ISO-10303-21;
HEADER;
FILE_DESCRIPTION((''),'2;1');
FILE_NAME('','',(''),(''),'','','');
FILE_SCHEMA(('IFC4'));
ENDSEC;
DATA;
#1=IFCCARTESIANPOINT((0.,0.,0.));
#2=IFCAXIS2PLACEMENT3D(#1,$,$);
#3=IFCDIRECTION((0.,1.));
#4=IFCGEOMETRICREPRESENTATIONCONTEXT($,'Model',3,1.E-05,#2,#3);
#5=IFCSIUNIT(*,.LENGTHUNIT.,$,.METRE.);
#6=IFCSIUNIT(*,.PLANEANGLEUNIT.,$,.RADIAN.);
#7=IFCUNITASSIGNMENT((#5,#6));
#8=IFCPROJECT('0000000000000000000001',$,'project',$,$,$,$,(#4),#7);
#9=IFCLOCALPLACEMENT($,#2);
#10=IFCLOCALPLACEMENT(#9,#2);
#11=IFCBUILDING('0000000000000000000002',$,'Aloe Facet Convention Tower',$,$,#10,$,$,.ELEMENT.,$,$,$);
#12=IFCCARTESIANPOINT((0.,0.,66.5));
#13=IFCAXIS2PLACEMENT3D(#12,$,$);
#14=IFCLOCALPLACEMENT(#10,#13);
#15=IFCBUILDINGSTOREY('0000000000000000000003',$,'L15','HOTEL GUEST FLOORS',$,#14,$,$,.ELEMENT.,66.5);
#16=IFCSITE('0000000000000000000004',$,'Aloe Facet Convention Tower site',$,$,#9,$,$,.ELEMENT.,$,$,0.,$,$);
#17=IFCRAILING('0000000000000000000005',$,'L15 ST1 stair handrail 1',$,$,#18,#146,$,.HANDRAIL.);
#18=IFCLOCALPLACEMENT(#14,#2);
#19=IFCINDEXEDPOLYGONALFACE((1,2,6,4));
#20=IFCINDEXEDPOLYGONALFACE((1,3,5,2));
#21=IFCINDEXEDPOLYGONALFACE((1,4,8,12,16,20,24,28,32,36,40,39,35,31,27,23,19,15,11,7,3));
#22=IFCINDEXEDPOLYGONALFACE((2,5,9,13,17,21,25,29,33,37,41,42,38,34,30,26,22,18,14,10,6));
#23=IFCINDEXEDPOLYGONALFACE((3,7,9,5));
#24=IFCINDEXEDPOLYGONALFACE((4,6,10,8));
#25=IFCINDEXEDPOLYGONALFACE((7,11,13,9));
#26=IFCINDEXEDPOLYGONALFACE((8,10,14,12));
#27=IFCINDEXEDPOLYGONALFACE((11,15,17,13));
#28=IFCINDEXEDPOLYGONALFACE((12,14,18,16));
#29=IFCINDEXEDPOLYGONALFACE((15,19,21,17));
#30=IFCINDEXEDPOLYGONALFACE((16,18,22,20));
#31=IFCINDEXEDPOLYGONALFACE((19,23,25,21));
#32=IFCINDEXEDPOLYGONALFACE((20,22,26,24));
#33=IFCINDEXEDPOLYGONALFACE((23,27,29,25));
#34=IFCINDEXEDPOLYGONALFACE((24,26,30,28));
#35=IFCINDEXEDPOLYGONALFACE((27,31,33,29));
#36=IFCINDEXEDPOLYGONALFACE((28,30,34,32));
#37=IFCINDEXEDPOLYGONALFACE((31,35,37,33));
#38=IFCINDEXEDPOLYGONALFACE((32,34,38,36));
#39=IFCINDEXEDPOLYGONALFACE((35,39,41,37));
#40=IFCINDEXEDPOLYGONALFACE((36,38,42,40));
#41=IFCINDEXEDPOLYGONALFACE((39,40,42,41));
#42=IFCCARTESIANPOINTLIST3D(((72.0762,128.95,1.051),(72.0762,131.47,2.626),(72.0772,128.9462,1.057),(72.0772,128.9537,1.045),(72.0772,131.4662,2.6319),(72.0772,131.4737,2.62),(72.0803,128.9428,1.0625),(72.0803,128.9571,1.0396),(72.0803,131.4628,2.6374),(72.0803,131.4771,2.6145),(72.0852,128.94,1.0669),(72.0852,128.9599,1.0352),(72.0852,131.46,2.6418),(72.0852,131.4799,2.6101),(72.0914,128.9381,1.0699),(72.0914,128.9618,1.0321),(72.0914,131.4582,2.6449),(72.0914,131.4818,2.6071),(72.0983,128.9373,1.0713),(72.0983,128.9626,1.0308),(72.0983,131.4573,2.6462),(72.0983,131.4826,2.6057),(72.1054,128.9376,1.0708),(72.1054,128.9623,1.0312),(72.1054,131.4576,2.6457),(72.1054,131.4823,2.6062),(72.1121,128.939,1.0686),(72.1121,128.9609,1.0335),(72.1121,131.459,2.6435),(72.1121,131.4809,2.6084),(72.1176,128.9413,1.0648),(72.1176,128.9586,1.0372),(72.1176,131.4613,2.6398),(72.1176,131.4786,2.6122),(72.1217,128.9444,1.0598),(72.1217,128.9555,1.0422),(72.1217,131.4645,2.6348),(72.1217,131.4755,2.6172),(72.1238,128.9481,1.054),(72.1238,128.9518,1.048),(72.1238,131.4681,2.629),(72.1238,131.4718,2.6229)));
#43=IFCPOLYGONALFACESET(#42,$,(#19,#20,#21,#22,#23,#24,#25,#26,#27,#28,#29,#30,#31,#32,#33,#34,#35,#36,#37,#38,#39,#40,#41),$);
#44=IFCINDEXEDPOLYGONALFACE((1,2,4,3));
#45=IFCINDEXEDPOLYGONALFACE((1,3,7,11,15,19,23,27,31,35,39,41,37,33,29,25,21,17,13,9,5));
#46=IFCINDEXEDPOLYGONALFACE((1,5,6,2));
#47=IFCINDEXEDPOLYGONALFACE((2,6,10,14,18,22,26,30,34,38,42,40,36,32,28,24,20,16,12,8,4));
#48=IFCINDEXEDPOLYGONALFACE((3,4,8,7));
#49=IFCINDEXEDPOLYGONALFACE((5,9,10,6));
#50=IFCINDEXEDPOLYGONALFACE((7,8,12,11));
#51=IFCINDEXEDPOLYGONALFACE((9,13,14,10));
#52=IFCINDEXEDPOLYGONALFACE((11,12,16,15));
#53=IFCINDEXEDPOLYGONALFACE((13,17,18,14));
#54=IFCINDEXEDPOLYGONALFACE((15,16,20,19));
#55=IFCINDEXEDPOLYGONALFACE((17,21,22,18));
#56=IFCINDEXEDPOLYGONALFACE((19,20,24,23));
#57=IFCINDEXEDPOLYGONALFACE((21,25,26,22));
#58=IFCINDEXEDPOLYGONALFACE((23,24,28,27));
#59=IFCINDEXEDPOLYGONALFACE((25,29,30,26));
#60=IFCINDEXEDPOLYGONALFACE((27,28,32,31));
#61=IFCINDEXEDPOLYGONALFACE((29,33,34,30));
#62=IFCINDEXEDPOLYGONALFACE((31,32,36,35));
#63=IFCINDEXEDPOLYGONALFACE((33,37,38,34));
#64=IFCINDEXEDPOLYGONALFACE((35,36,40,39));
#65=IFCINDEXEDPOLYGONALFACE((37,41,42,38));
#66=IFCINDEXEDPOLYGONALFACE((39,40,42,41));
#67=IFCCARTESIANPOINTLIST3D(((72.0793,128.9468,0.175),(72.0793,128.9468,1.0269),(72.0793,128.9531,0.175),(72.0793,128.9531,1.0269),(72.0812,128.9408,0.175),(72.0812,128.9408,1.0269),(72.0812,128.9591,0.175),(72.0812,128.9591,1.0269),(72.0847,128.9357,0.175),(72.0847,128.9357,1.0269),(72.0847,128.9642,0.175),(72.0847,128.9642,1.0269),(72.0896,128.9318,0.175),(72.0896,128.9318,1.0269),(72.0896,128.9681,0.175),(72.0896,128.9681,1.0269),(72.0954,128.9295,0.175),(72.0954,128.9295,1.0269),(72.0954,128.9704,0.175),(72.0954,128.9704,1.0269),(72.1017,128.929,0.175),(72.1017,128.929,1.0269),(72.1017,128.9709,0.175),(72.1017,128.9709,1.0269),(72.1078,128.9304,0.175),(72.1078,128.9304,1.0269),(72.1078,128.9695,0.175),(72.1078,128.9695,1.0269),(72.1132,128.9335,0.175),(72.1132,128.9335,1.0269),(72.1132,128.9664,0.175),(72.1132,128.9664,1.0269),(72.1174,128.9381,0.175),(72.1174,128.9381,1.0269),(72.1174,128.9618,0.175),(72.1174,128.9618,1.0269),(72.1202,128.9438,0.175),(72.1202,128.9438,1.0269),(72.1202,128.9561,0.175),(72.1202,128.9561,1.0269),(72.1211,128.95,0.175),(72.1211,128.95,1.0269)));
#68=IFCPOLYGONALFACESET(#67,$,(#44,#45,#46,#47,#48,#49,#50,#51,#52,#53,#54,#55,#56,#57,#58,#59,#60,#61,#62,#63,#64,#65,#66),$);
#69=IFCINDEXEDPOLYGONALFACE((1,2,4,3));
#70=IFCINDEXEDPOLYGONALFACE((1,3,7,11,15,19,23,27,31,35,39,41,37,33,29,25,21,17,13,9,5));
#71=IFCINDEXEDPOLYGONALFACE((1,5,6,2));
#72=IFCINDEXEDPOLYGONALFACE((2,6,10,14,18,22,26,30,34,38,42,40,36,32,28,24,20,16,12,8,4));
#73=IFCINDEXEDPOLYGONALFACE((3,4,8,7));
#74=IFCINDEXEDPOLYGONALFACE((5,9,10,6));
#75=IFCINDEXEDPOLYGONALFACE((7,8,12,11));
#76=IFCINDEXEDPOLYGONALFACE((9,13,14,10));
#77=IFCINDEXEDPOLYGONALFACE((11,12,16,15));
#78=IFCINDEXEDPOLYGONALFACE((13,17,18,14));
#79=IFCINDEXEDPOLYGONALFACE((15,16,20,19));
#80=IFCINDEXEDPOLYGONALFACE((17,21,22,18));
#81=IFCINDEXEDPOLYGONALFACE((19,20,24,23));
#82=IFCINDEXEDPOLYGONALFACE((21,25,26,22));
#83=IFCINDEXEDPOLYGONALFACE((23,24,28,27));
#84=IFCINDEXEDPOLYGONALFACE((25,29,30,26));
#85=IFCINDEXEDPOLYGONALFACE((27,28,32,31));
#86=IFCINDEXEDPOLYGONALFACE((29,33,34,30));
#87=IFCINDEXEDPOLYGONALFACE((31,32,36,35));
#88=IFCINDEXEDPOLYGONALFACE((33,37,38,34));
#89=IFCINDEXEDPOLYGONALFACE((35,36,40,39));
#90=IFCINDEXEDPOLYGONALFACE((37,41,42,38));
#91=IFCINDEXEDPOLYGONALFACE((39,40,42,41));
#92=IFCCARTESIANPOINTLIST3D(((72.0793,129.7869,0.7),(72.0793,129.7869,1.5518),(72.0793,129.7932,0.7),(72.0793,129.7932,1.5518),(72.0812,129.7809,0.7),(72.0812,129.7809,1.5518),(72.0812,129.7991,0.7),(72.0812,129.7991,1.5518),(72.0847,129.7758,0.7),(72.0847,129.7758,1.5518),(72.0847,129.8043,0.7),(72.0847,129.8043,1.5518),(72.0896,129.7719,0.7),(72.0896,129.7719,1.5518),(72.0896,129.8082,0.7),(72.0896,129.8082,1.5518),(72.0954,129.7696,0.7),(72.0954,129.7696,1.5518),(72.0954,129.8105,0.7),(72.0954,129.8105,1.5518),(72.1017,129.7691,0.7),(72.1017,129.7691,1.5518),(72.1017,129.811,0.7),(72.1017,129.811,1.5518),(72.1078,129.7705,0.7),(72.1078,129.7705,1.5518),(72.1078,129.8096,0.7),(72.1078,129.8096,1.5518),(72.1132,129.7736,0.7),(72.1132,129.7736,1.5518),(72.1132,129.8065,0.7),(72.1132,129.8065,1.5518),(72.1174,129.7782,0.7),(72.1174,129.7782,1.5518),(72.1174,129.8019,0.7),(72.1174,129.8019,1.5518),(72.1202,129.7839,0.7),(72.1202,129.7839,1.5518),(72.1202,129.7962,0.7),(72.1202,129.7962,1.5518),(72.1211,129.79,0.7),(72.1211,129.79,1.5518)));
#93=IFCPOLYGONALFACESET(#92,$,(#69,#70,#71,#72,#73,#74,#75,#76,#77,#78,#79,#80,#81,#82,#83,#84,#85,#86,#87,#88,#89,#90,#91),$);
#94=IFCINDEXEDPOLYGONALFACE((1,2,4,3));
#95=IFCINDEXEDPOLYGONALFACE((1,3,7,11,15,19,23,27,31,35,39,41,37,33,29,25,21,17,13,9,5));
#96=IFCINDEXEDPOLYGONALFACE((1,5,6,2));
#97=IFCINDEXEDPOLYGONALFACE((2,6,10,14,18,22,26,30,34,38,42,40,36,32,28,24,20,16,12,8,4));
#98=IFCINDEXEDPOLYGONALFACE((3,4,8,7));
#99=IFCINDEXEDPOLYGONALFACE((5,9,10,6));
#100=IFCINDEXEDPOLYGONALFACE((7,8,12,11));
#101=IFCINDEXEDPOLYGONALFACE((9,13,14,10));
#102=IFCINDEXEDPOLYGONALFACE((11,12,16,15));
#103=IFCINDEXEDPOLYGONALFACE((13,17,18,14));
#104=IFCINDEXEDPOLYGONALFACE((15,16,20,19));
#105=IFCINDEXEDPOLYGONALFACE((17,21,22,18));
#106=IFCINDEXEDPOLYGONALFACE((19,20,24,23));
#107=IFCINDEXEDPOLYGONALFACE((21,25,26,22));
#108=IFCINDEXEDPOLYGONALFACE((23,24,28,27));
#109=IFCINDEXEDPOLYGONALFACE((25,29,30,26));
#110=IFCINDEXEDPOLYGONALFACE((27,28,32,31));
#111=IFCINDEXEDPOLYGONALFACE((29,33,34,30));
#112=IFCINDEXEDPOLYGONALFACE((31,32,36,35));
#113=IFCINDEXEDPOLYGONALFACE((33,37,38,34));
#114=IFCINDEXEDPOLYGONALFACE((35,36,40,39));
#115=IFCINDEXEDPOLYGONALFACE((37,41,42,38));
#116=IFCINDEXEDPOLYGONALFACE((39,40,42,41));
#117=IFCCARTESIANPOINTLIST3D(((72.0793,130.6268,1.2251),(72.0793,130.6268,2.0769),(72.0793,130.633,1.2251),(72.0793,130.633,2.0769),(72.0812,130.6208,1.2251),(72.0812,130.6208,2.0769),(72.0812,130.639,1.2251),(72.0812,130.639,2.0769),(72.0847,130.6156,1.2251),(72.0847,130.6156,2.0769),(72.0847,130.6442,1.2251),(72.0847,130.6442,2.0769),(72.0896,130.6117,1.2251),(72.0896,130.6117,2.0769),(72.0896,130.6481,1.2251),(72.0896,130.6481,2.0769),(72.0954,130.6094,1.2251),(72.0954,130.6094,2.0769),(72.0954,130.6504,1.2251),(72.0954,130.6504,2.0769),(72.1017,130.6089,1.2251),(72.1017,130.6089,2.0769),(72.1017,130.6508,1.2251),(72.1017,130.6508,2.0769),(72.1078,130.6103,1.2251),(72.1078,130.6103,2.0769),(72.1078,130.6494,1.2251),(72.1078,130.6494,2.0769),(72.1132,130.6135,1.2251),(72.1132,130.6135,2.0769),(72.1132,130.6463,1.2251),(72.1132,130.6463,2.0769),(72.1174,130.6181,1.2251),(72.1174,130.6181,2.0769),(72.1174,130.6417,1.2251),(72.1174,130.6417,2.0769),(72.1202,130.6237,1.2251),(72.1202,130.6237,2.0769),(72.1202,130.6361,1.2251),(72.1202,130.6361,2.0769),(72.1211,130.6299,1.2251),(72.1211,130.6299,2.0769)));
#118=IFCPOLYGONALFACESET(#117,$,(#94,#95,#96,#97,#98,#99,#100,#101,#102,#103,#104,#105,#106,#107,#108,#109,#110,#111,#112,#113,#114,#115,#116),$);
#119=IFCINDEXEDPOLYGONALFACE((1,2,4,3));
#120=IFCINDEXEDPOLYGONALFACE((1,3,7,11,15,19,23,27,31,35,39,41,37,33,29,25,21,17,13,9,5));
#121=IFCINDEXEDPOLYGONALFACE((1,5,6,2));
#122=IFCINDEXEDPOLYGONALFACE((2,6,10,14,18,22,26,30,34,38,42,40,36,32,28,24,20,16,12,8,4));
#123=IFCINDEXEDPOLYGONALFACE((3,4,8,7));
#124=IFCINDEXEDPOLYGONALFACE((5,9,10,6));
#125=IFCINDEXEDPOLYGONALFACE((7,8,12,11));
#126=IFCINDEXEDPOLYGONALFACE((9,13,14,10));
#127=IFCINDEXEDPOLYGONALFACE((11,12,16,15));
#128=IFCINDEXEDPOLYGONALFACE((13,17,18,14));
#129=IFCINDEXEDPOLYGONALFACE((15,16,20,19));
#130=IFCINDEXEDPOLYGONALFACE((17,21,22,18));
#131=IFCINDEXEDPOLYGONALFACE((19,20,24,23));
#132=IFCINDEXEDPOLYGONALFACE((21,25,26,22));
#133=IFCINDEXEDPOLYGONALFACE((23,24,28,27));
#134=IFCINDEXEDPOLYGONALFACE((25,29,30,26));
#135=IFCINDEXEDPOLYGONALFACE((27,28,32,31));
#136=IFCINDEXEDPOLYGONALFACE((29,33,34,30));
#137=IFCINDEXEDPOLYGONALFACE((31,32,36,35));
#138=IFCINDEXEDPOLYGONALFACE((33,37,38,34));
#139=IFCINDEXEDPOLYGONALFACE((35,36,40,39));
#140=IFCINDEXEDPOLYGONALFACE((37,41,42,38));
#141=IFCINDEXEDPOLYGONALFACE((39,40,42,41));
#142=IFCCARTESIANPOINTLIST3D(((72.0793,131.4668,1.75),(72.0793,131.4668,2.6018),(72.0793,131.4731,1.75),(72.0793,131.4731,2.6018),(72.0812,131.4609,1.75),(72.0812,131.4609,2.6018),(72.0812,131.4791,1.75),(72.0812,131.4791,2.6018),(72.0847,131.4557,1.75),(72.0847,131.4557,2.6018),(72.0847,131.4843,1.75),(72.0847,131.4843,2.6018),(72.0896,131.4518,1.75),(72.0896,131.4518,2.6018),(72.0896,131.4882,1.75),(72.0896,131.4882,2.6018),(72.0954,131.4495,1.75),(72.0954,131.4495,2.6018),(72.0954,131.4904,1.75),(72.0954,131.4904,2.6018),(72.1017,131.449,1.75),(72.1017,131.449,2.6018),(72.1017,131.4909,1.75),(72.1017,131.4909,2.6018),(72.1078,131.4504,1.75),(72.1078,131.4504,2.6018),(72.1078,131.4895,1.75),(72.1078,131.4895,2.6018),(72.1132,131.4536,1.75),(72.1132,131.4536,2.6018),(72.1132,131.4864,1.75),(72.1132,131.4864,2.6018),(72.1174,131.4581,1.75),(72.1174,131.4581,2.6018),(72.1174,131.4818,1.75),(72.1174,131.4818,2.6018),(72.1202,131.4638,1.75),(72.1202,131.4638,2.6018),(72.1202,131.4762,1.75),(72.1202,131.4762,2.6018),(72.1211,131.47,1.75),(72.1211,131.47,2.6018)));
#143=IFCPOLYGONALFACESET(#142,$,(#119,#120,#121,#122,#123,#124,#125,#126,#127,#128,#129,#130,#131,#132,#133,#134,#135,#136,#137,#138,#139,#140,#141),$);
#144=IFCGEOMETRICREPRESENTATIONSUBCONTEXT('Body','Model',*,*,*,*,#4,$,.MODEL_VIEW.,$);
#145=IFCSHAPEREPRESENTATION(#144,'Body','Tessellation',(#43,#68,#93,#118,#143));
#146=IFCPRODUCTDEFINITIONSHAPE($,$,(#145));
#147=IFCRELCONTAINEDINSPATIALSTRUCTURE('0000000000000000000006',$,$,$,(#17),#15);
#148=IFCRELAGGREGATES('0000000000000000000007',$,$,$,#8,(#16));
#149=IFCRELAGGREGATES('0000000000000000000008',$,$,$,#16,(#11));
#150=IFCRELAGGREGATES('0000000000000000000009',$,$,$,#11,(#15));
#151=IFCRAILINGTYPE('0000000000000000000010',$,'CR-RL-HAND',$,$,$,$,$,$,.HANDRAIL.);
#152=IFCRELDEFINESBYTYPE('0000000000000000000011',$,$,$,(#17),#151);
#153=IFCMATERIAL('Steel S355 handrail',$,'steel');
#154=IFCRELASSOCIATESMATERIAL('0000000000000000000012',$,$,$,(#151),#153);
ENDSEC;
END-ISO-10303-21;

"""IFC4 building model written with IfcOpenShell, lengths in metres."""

from ifc_helpers import new_model, si_unit, direction, frame, origin, origin_2d, place, context, subcontext, project, spatial, circle, extrude, material, type_object, element, save


model = new_model("IFC4")

# Units and contexts
model_context = context("Model", 3, precision=1e-05, world=origin(), true_north=direction((0.0, 1.0)))
body_context = subcontext(model_context, "Body", "Model", "MODEL_VIEW")
ifc_project = project(units=[si_unit("LENGTHUNIT", "METRE"), si_unit("PLANEANGLEUNIT", "RADIAN")], contexts=[model_context])

# Site, building, storey
site_placement = place(None, origin())
site = spatial("IfcSite", under=ifc_project, at=site_placement, Name="Aloe Facet Convention Tower site", CompositionType="ELEMENT", RefElevation=0.0)
building_placement = place(site_placement, origin())
building = spatial("IfcBuilding", under=site, at=building_placement, Name="Aloe Facet Convention Tower", CompositionType="ELEMENT")
storey_placement = place(building_placement, frame((0.0, 0.0, 66.5)))
storey = spatial("IfcBuildingStorey", under=building, at=storey_placement, Name="L15", Description="HOTEL GUEST FLOORS", CompositionType="ELEMENT", Elevation=66.5)

# Railing
ifc_material_1 = material(Name="Steel S355 handrail", Category="steel")
railing_type_1 = type_object("IfcRailingType", Name="CR-RL-HAND", PredefinedType="HANDRAIL", material=ifc_material_1)
railing_1_placement = place(storey_placement, frame((72.1001, 128.95, 0.175)))
element("IfcRailing", 1, at=railing_1_placement, inside=storey, type_object=railing_type_1, Name="L15 ST1 stair handrail 1", PredefinedType="HANDRAIL", context=body_context, shape_type="SweptSolid", body=[
    extrude(circle(Radius=0.0239, at=origin_2d()), frame((0.0, 0.0, 0.876), z_axis=(0.0, 0.848008, 0.529984), x_axis=(-1.0, 0.0, 0.0)), (0.0, 0.0, 1.0), 2.9717),
    extrude(circle(Radius=0.021, at=origin_2d()), origin(), (0.0, 0.0, 1.0), 0.8518),
    extrude(circle(Radius=0.021, at=origin_2d()), frame((0.0, 0.8401, 0.5249)), (0.0, 0.0, 1.0), 0.8518),
    extrude(circle(Radius=0.021, at=origin_2d()), frame((0.0, 1.6799, 1.05)), (0.0, 0.0, 1.0), 0.8518),
    extrude(circle(Radius=0.021, at=origin_2d()), frame((0.0, 2.52, 1.575)), (0.0, 0.0, 1.0), 0.8518),
])

save(model, "model.ifc")
